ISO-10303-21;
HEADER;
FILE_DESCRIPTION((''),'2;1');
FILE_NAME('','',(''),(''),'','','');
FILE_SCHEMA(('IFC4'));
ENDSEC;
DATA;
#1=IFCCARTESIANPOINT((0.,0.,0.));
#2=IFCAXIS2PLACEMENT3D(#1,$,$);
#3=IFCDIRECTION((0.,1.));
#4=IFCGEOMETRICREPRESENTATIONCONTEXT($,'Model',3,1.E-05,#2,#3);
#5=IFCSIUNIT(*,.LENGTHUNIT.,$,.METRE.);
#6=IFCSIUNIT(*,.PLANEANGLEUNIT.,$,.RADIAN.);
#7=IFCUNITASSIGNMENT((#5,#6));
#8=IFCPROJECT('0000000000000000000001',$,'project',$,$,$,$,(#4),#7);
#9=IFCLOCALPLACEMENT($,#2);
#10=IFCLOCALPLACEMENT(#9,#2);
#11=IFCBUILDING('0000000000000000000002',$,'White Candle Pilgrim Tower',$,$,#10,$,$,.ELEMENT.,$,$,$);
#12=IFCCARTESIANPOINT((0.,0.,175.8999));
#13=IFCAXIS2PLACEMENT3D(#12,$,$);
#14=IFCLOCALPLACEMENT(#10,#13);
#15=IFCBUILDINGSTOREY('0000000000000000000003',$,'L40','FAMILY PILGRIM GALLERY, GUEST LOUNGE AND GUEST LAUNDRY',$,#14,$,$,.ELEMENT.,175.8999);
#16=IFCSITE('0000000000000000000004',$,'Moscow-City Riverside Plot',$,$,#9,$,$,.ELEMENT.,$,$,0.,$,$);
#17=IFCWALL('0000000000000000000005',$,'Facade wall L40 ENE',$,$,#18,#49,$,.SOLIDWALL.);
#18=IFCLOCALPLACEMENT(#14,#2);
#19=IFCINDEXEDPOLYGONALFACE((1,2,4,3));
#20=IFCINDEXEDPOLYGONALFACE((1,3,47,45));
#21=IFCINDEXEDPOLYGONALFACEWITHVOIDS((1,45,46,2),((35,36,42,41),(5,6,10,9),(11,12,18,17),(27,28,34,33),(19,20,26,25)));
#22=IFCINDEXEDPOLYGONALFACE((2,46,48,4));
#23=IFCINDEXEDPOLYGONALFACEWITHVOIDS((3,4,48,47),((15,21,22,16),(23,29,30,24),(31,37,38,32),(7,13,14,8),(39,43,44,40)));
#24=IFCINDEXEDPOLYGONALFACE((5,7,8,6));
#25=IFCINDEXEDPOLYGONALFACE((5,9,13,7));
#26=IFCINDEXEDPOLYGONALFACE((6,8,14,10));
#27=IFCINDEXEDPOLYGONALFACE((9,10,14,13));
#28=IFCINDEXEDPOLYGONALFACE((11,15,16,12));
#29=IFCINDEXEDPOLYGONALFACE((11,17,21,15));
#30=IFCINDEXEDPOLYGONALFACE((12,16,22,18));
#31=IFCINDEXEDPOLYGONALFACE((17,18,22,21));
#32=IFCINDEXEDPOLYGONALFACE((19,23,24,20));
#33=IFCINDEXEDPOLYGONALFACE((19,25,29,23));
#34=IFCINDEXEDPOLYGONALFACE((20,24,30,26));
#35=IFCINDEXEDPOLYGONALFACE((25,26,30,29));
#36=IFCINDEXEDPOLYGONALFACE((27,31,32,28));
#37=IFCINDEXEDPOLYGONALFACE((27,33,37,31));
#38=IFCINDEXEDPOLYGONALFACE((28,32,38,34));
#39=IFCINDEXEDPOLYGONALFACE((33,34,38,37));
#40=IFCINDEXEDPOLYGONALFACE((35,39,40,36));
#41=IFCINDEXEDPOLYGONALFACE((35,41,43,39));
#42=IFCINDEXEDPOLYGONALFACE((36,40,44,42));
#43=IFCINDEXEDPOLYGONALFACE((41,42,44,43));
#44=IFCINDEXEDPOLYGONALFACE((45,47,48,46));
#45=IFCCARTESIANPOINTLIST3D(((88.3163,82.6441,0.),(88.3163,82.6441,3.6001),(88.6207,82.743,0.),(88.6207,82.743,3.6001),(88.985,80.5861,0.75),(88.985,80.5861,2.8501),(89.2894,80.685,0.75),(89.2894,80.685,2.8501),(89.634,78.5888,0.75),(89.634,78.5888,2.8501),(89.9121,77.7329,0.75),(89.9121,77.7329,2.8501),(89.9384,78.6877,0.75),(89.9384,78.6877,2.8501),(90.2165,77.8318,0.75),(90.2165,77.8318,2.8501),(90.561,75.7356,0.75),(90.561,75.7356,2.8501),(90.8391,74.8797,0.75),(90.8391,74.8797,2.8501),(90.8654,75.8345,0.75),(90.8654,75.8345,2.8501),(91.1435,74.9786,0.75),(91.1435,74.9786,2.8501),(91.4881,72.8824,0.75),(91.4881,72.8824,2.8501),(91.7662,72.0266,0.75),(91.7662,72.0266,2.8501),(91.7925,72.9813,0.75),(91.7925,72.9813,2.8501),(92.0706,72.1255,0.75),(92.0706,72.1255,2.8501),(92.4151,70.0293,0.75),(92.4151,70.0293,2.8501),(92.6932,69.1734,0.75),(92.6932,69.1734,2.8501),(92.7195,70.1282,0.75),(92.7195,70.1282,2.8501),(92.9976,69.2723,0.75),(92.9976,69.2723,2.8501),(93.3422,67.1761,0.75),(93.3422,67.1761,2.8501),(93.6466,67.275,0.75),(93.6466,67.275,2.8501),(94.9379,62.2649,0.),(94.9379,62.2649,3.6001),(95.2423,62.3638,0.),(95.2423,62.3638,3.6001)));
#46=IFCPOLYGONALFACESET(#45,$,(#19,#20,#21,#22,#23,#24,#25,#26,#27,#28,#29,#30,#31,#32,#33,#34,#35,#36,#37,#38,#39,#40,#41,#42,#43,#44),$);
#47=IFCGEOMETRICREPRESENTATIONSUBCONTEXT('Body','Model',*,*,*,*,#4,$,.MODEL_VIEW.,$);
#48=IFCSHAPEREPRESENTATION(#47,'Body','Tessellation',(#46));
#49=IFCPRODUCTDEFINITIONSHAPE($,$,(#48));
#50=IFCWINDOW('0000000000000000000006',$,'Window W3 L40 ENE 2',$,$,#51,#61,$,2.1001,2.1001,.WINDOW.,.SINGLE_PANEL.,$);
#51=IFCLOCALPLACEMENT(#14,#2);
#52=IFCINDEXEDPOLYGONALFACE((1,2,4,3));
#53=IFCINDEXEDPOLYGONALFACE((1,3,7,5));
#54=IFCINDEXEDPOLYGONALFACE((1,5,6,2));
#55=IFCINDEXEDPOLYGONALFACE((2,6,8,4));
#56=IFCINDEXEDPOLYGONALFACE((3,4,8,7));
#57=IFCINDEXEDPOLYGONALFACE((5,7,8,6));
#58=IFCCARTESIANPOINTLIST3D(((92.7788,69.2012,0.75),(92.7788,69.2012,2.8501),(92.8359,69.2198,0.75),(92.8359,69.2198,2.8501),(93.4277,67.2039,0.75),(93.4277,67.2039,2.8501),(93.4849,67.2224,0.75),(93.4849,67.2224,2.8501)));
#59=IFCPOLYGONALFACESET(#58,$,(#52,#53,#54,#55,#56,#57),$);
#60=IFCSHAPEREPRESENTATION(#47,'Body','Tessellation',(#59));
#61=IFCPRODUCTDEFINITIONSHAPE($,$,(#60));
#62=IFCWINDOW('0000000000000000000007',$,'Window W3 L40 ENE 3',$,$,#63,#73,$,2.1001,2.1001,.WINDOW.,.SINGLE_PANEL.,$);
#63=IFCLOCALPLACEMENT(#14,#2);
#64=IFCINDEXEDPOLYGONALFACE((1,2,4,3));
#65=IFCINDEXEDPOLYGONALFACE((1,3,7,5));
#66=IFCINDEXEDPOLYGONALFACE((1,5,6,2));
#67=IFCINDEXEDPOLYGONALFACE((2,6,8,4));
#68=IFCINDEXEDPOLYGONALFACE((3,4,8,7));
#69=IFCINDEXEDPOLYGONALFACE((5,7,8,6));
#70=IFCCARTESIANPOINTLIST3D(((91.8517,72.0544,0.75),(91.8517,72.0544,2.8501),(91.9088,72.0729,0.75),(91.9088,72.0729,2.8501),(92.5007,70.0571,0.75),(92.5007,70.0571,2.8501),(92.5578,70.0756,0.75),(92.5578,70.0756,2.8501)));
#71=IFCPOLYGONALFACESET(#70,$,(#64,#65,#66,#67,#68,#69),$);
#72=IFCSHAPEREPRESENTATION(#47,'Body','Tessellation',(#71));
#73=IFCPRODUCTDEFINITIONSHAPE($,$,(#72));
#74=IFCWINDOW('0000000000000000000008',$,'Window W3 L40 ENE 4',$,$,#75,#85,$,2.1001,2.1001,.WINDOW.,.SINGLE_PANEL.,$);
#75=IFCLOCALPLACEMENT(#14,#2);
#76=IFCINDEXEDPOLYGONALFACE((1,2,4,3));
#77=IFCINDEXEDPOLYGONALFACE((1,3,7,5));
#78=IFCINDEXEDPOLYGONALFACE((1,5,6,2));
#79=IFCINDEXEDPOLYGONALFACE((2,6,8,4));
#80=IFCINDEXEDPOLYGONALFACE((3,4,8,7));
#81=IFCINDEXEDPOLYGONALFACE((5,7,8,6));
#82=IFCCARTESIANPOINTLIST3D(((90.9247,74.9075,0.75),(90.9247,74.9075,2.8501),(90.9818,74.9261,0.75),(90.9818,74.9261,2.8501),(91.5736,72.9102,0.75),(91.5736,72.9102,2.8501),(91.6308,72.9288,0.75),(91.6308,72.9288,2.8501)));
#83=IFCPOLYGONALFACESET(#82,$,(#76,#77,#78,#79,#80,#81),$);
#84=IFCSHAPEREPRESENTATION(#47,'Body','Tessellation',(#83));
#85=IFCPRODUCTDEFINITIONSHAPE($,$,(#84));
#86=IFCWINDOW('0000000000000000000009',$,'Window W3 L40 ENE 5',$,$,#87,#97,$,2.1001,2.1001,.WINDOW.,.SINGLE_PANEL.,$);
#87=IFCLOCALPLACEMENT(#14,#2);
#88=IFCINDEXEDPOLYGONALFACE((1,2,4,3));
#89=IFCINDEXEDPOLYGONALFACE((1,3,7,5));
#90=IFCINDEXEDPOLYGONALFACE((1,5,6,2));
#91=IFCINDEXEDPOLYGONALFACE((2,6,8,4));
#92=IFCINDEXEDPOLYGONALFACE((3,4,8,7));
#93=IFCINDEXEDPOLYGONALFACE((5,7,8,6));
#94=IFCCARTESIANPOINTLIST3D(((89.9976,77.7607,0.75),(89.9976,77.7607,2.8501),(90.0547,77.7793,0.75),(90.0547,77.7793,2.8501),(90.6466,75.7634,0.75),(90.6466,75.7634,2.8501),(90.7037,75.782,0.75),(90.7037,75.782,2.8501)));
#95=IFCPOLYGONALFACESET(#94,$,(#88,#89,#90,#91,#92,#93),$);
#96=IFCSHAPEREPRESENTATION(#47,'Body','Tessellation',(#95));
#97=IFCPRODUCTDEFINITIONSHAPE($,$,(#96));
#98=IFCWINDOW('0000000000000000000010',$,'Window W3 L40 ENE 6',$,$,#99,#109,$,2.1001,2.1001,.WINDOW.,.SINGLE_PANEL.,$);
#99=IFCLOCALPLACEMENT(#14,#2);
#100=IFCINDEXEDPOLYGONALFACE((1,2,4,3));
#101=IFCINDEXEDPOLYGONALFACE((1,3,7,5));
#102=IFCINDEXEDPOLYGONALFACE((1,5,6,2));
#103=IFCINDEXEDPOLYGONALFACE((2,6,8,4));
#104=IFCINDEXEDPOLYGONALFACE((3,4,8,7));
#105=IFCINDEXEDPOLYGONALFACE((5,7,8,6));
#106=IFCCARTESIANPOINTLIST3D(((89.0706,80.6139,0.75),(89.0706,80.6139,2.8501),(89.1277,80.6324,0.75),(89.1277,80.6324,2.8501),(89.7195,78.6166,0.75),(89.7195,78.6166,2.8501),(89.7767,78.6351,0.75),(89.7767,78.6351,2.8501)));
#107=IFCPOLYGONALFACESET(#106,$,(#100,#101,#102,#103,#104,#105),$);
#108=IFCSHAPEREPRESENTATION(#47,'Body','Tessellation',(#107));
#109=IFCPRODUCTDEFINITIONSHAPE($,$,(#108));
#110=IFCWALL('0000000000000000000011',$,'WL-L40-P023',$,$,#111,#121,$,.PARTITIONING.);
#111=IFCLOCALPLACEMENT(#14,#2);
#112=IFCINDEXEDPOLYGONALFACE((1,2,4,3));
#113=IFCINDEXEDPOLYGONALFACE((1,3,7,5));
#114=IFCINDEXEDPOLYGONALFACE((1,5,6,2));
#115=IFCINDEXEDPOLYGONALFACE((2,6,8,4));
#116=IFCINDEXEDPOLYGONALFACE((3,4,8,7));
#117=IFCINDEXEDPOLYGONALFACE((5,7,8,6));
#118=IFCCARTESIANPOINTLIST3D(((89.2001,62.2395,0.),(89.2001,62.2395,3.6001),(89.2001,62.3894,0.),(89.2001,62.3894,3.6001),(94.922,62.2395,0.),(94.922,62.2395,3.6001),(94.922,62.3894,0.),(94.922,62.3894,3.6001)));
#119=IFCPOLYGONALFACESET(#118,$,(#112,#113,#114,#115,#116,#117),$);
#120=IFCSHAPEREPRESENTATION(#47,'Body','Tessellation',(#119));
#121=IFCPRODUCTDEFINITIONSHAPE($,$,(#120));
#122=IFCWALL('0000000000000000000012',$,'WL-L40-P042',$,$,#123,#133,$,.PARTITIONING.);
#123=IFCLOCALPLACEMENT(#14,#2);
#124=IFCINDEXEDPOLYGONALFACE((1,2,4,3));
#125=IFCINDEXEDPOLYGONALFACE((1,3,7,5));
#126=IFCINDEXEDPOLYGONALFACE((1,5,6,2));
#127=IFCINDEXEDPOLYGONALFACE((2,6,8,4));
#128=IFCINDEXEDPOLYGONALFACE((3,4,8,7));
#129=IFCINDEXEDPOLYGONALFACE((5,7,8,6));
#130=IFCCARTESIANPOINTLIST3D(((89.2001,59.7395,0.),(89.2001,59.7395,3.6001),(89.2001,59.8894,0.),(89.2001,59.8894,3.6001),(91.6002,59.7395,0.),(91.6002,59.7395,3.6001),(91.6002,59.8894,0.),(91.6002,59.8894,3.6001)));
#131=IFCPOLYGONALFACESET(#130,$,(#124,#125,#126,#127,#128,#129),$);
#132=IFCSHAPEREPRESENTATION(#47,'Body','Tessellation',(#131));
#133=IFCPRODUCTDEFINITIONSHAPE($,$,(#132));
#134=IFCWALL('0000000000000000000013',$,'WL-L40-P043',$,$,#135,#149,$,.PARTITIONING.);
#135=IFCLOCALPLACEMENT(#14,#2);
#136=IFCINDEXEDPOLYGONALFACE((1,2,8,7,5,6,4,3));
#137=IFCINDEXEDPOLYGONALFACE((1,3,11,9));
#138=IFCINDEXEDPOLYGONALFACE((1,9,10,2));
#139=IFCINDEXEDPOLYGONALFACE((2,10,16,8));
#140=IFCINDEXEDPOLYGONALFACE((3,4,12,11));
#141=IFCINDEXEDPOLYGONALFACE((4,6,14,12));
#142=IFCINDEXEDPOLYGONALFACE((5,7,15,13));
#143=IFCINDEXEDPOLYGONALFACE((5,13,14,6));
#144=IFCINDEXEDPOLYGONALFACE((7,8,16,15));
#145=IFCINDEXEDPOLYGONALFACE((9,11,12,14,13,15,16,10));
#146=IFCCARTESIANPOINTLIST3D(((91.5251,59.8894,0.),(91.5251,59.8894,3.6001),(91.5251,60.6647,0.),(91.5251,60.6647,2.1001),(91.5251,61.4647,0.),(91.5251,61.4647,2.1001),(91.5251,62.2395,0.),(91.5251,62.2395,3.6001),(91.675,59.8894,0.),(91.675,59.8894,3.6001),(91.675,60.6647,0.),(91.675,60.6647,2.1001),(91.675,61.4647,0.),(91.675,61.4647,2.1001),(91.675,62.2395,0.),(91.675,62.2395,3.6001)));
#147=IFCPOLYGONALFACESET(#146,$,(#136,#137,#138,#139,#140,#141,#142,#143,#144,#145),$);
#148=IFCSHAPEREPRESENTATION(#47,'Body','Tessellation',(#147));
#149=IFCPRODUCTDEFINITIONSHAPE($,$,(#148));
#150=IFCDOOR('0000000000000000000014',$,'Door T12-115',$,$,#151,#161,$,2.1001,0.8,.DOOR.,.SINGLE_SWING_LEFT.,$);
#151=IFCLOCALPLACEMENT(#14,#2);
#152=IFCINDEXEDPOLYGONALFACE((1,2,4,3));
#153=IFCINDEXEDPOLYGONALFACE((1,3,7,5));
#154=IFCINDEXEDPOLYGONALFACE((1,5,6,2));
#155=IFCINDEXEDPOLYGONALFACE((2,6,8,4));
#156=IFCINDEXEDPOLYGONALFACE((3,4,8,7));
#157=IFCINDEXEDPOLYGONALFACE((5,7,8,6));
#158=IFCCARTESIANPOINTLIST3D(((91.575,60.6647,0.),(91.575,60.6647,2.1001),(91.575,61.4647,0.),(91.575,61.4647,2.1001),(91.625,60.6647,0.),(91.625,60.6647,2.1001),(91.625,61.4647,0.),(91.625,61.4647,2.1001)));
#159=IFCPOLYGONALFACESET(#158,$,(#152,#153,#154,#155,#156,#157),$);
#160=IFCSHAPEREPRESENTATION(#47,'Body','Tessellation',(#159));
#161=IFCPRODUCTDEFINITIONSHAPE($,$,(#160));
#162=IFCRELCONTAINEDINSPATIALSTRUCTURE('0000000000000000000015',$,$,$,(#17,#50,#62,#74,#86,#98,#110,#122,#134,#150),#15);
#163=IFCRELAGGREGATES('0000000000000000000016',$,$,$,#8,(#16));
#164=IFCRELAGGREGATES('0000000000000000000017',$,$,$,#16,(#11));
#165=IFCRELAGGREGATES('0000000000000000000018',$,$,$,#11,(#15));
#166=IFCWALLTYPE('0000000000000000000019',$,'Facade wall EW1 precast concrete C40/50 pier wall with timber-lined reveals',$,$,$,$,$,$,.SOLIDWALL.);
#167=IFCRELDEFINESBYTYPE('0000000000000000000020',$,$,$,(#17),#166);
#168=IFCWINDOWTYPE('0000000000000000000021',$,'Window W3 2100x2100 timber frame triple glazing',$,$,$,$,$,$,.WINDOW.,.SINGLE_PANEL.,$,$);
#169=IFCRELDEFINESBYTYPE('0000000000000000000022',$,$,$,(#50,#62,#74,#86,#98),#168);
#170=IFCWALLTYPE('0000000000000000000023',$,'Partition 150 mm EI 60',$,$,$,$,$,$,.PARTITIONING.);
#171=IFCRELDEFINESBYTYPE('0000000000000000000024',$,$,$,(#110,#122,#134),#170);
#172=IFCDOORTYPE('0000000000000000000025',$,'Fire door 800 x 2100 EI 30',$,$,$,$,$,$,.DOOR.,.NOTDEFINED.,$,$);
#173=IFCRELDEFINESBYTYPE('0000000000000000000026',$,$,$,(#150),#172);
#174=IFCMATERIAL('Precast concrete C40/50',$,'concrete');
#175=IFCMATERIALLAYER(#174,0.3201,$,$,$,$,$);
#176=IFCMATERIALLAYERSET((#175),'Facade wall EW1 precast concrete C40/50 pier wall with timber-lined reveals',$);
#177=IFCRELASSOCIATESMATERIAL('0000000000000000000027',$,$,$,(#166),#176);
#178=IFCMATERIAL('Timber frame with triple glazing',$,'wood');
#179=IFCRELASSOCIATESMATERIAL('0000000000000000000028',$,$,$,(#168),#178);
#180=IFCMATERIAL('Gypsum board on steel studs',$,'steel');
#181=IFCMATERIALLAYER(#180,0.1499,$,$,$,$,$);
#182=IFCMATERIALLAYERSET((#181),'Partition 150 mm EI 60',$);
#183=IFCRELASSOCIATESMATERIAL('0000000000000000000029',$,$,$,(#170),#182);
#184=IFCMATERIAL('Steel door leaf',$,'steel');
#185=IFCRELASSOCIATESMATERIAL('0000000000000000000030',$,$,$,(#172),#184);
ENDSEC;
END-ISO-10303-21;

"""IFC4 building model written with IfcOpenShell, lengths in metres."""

from ifc_helpers import new_model, si_unit, direction, frame, frame_2d, origin, place, context, subcontext, project, spatial, rectangle, extrude, material, layer, layer_set, type_object, element, fill, save


model = new_model("IFC4")

# Units and contexts
model_context = context("Model", 3, precision=1e-05, world=origin(), true_north=direction((0.0, 1.0)))
body_context = subcontext(model_context, "Body", "Model", "MODEL_VIEW")
ifc_project = project(units=[si_unit("LENGTHUNIT", "METRE"), si_unit("PLANEANGLEUNIT", "RADIAN")], contexts=[model_context])

# Site, building, storey
site_placement = place(None, origin())
site = spatial("IfcSite", under=ifc_project, at=site_placement, Name="Moscow-City Riverside Plot", CompositionType="ELEMENT", RefElevation=0.0)
building_placement = place(site_placement, origin())
building = spatial("IfcBuilding", under=site, at=building_placement, Name="White Candle Pilgrim Tower", CompositionType="ELEMENT")
storey_placement = place(building_placement, frame((0.0, 0.0, 175.8999)))
storey = spatial("IfcBuildingStorey", under=building, at=storey_placement, Name="L40", Description="FAMILY PILGRIM GALLERY, GUEST LOUNGE AND GUEST LAUNDRY", CompositionType="ELEMENT", Elevation=175.8999)

# Shared definitions
ifc_material_1 = material(Name="Gypsum board on steel studs", Category="steel")
ifc_material_2 = material(Name="Steel door leaf", Category="steel")

# Wall, openings, windows
ifc_material_3 = material(Name="Precast concrete C40/50", Category="concrete")
ifc_layer_1 = layer(ifc_material_3, 0.3201)
ifc_layer_set_1 = layer_set([ifc_layer_1], Name="Facade wall EW1 precast concrete C40/50 pier wall with timber-lined reveals")
wall_type_1 = type_object("IfcWallType", Name="Facade wall EW1 precast concrete C40/50 pier wall with timber-lined reveals", PredefinedType="SOLIDWALL", material=ifc_layer_set_1)
wall_1_placement = place(storey_placement, frame((95.0901, 62.3145, 0.0), z_axis=(0.0, 0.0, 1.0), x_axis=(-0.309017, 0.951057, 0.0)))
wall_1 = element("IfcWall", 1, at=wall_1_placement, inside=storey, type_object=wall_type_1, Name="Facade wall L40 ENE", PredefinedType="SOLIDWALL", context=body_context, shape_type="SweptSolid", body=[
    extrude(rectangle(XDim=21.428, YDim=0.3201, at=frame_2d((10.7139, 0.0))), origin(), (0.0, 0.0, 1.0), 3.6001),
])
opening_1_placement = place(wall_1_placement, frame((5.1638, 0.0, 0.75)))
opening_1 = element("IfcOpeningElement", 2, at=opening_1_placement, cuts=wall_1, PredefinedType="OPENING", context=body_context, shape_type="SweptSolid", body=[
    extrude(rectangle(XDim=2.1001, YDim=2.1001, at=frame_2d((1.05, 1.05))), frame((0.0, 0.1699, 0.0), z_axis=(0.0, -1.0, 0.0), x_axis=(1.0, 0.0, 0.0)), (0.0, 0.0, 1.0), 0.3401),
])
opening_2_placement = place(wall_1_placement, frame((8.1638, 0.0, 0.75)))
opening_2 = element("IfcOpeningElement", 3, at=opening_2_placement, cuts=wall_1, PredefinedType="OPENING", context=body_context, shape_type="SweptSolid", body=[
    extrude(rectangle(XDim=2.1001, YDim=2.1001, at=frame_2d((1.05, 1.05))), frame((0.0, 0.1699, 0.0), z_axis=(0.0, -1.0, 0.0), x_axis=(1.0, 0.0, 0.0)), (0.0, 0.0, 1.0), 0.3401),
])
opening_3_placement = place(wall_1_placement, frame((11.1638, 0.0, 0.75)))
opening_3 = element("IfcOpeningElement", 4, at=opening_3_placement, cuts=wall_1, PredefinedType="OPENING", context=body_context, shape_type="SweptSolid", body=[
    extrude(rectangle(XDim=2.1001, YDim=2.1001, at=frame_2d((1.05, 1.05))), frame((0.0, 0.1699, 0.0), z_axis=(0.0, -1.0, 0.0), x_axis=(1.0, 0.0, 0.0)), (0.0, 0.0, 1.0), 0.3401),
])
opening_4_placement = place(wall_1_placement, frame((14.1638, 0.0, 0.75)))
opening_4 = element("IfcOpeningElement", 5, at=opening_4_placement, cuts=wall_1, PredefinedType="OPENING", context=body_context, shape_type="SweptSolid", body=[
    extrude(rectangle(XDim=2.1001, YDim=2.1001, at=frame_2d((1.05, 1.05))), frame((0.0, 0.1699, 0.0), z_axis=(0.0, -1.0, 0.0), x_axis=(1.0, 0.0, 0.0)), (0.0, 0.0, 1.0), 0.3401),
])
opening_5_placement = place(wall_1_placement, frame((17.1638, 0.0, 0.75)))
opening_5 = element("IfcOpeningElement", 6, at=opening_5_placement, cuts=wall_1, PredefinedType="OPENING", context=body_context, shape_type="SweptSolid", body=[
    extrude(rectangle(XDim=2.1001, YDim=2.1001, at=frame_2d((1.05, 1.05))), frame((0.0, 0.1699, 0.0), z_axis=(0.0, -1.0, 0.0), x_axis=(1.0, 0.0, 0.0)), (0.0, 0.0, 1.0), 0.3401),
])
ifc_material_4 = material(Name="Timber frame with triple glazing", Category="wood")
window_type = type_object("IfcWindowType", Name="Window W3 2100x2100 timber frame triple glazing", PartitioningType="SINGLE_PANEL", PredefinedType="WINDOW", material=ifc_material_4)
window_1_placement = place(opening_1_placement, origin())
window_1 = element("IfcWindow", 7, at=window_1_placement, inside=storey, type_object=window_type, Name="Window W3 L40 ENE 2", OverallHeight=2.1001, OverallWidth=2.1001, PartitioningType="SINGLE_PANEL", PredefinedType="WINDOW", context=body_context, shape_type="SweptSolid", body=[
    extrude(rectangle(XDim=2.1001, YDim=2.1001, at=frame_2d((1.05, 1.05))), frame((0.0, 0.0701, 0.0), z_axis=(0.0, -1.0, 0.0), x_axis=(1.0, 0.0, 0.0)), (0.0, 0.0, 1.0), 0.0601),
])
fill(opening_1, window_1)
window_2_placement = place(opening_2_placement, origin())
window_2 = element("IfcWindow", 8, at=window_2_placement, inside=storey, type_object=window_type, Name="Window W3 L40 ENE 3", OverallHeight=2.1001, OverallWidth=2.1001, PartitioningType="SINGLE_PANEL", PredefinedType="WINDOW", context=body_context, shape_type="SweptSolid", body=[
    extrude(rectangle(XDim=2.1001, YDim=2.1001, at=frame_2d((1.05, 1.05))), frame((0.0, 0.0701, 0.0), z_axis=(0.0, -1.0, 0.0), x_axis=(1.0, 0.0, 0.0)), (0.0, 0.0, 1.0), 0.0601),
])
fill(opening_2, window_2)
window_3_placement = place(opening_3_placement, origin())
window_3 = element("IfcWindow", 9, at=window_3_placement, inside=storey, type_object=window_type, Name="Window W3 L40 ENE 4", OverallHeight=2.1001, OverallWidth=2.1001, PartitioningType="SINGLE_PANEL", PredefinedType="WINDOW", context=body_context, shape_type="SweptSolid", body=[
    extrude(rectangle(XDim=2.1001, YDim=2.1001, at=frame_2d((1.05, 1.05))), frame((0.0, 0.0701, 0.0), z_axis=(0.0, -1.0, 0.0), x_axis=(1.0, 0.0, 0.0)), (0.0, 0.0, 1.0), 0.0601),
])
fill(opening_3, window_3)
window_4_placement = place(opening_4_placement, origin())
window_4 = element("IfcWindow", 10, at=window_4_placement, inside=storey, type_object=window_type, Name="Window W3 L40 ENE 5", OverallHeight=2.1001, OverallWidth=2.1001, PartitioningType="SINGLE_PANEL", PredefinedType="WINDOW", context=body_context, shape_type="SweptSolid", body=[
    extrude(rectangle(XDim=2.1001, YDim=2.1001, at=frame_2d((1.05, 1.05))), frame((0.0, 0.0701, 0.0), z_axis=(0.0, -1.0, 0.0), x_axis=(1.0, 0.0, 0.0)), (0.0, 0.0, 1.0), 0.0601),
])
fill(opening_4, window_4)
window_5_placement = place(opening_5_placement, origin())
window_5 = element("IfcWindow", 11, at=window_5_placement, inside=storey, type_object=window_type, Name="Window W3 L40 ENE 6", OverallHeight=2.1001, OverallWidth=2.1001, PartitioningType="SINGLE_PANEL", PredefinedType="WINDOW", context=body_context, shape_type="SweptSolid", body=[
    extrude(rectangle(XDim=2.1001, YDim=2.1001, at=frame_2d((1.05, 1.05))), frame((0.0, 0.0701, 0.0), z_axis=(0.0, -1.0, 0.0), x_axis=(1.0, 0.0, 0.0)), (0.0, 0.0, 1.0), 0.0601),
])
fill(opening_5, window_5)

# Walls
ifc_layer_2 = layer(ifc_material_1, 0.1499)
ifc_layer_set_2 = layer_set([ifc_layer_2], Name="Partition 150 mm EI 60")
wall_type_2 = type_object("IfcWallType", Name="Partition 150 mm EI 60", PredefinedType="PARTITIONING", material=ifc_layer_set_2)
wall_2_placement = place(storey_placement, frame((94.9219, 62.3145, 0.0), z_axis=(0.0, 0.0, 1.0), x_axis=(-1.0, 0.0, 0.0)))
element("IfcWall", 12, at=wall_2_placement, inside=storey, type_object=wall_type_2, Name="WL-L40-P023", PredefinedType="PARTITIONING", context=body_context, shape_type="SweptSolid", body=[
    extrude(rectangle(XDim=5.7219, YDim=0.1499, at=frame_2d((2.8608, 0.0))), origin(), (0.0, 0.0, 1.0), 3.6001),
])
wall_3_placement = place(storey_placement, frame((89.2, 59.8145, 0.0), z_axis=(0.0, 0.0, 1.0), x_axis=(1.0, 0.0, 0.0)))
element("IfcWall", 13, at=wall_3_placement, inside=storey, type_object=wall_type_2, Name="WL-L40-P042", PredefinedType="PARTITIONING", context=body_context, shape_type="SweptSolid", body=[
    extrude(rectangle(XDim=2.4001, YDim=0.1499, at=frame_2d((1.2002, 0.0))), origin(), (0.0, 0.0, 1.0), 3.6001),
])

# Wall, opening, door
wall_4_placement = place(storey_placement, frame((91.6001, 62.2395, 0.0), z_axis=(0.0, 0.0, 1.0), x_axis=(0.0, -1.0, 0.0)))
wall_4 = element("IfcWall", 14, at=wall_4_placement, inside=storey, type_object=wall_type_2, Name="WL-L40-P043", PredefinedType="PARTITIONING", context=body_context, shape_type="SweptSolid", body=[
    extrude(rectangle(XDim=2.3501, YDim=0.1499, at=frame_2d((1.175, 0.0))), origin(), (0.0, 0.0, 1.0), 3.6001),
])
opening_6_placement = place(wall_4_placement, frame((0.7749, 0.0, 0.0)))
opening_6 = element("IfcOpeningElement", 15, at=opening_6_placement, cuts=wall_4, PredefinedType="OPENING", context=body_context, shape_type="SweptSolid", body=[
    extrude(rectangle(XDim=0.8, YDim=2.1001, at=frame_2d((0.3999, 1.05))), frame((0.0, 0.085, 0.0), z_axis=(0.0, -1.0, 0.0), x_axis=(1.0, 0.0, 0.0)), (0.0, 0.0, 1.0), 0.1699),
])
door_type_1 = type_object("IfcDoorType", Name="Fire door 800 x 2100 EI 30", OperationType="NOTDEFINED", PredefinedType="DOOR", material=ifc_material_2)
door_1_placement = place(opening_6_placement, origin())
door_1 = element("IfcDoor", 16, at=door_1_placement, inside=storey, type_object=door_type_1, Name="Door T12-115", OperationType="SINGLE_SWING_LEFT", OverallHeight=2.1001, OverallWidth=0.8, PredefinedType="DOOR", context=body_context, shape_type="SweptSolid", body=[
    extrude(rectangle(XDim=0.8, YDim=2.1001, at=frame_2d((0.3999, 1.05))), frame((0.0, 0.0249, 0.0), z_axis=(0.0, -1.0, 0.0), x_axis=(1.0, 0.0, 0.0)), (0.0, 0.0, 1.0), 0.05),
])
fill(opening_6, door_1)

save(model, "model.ifc")
